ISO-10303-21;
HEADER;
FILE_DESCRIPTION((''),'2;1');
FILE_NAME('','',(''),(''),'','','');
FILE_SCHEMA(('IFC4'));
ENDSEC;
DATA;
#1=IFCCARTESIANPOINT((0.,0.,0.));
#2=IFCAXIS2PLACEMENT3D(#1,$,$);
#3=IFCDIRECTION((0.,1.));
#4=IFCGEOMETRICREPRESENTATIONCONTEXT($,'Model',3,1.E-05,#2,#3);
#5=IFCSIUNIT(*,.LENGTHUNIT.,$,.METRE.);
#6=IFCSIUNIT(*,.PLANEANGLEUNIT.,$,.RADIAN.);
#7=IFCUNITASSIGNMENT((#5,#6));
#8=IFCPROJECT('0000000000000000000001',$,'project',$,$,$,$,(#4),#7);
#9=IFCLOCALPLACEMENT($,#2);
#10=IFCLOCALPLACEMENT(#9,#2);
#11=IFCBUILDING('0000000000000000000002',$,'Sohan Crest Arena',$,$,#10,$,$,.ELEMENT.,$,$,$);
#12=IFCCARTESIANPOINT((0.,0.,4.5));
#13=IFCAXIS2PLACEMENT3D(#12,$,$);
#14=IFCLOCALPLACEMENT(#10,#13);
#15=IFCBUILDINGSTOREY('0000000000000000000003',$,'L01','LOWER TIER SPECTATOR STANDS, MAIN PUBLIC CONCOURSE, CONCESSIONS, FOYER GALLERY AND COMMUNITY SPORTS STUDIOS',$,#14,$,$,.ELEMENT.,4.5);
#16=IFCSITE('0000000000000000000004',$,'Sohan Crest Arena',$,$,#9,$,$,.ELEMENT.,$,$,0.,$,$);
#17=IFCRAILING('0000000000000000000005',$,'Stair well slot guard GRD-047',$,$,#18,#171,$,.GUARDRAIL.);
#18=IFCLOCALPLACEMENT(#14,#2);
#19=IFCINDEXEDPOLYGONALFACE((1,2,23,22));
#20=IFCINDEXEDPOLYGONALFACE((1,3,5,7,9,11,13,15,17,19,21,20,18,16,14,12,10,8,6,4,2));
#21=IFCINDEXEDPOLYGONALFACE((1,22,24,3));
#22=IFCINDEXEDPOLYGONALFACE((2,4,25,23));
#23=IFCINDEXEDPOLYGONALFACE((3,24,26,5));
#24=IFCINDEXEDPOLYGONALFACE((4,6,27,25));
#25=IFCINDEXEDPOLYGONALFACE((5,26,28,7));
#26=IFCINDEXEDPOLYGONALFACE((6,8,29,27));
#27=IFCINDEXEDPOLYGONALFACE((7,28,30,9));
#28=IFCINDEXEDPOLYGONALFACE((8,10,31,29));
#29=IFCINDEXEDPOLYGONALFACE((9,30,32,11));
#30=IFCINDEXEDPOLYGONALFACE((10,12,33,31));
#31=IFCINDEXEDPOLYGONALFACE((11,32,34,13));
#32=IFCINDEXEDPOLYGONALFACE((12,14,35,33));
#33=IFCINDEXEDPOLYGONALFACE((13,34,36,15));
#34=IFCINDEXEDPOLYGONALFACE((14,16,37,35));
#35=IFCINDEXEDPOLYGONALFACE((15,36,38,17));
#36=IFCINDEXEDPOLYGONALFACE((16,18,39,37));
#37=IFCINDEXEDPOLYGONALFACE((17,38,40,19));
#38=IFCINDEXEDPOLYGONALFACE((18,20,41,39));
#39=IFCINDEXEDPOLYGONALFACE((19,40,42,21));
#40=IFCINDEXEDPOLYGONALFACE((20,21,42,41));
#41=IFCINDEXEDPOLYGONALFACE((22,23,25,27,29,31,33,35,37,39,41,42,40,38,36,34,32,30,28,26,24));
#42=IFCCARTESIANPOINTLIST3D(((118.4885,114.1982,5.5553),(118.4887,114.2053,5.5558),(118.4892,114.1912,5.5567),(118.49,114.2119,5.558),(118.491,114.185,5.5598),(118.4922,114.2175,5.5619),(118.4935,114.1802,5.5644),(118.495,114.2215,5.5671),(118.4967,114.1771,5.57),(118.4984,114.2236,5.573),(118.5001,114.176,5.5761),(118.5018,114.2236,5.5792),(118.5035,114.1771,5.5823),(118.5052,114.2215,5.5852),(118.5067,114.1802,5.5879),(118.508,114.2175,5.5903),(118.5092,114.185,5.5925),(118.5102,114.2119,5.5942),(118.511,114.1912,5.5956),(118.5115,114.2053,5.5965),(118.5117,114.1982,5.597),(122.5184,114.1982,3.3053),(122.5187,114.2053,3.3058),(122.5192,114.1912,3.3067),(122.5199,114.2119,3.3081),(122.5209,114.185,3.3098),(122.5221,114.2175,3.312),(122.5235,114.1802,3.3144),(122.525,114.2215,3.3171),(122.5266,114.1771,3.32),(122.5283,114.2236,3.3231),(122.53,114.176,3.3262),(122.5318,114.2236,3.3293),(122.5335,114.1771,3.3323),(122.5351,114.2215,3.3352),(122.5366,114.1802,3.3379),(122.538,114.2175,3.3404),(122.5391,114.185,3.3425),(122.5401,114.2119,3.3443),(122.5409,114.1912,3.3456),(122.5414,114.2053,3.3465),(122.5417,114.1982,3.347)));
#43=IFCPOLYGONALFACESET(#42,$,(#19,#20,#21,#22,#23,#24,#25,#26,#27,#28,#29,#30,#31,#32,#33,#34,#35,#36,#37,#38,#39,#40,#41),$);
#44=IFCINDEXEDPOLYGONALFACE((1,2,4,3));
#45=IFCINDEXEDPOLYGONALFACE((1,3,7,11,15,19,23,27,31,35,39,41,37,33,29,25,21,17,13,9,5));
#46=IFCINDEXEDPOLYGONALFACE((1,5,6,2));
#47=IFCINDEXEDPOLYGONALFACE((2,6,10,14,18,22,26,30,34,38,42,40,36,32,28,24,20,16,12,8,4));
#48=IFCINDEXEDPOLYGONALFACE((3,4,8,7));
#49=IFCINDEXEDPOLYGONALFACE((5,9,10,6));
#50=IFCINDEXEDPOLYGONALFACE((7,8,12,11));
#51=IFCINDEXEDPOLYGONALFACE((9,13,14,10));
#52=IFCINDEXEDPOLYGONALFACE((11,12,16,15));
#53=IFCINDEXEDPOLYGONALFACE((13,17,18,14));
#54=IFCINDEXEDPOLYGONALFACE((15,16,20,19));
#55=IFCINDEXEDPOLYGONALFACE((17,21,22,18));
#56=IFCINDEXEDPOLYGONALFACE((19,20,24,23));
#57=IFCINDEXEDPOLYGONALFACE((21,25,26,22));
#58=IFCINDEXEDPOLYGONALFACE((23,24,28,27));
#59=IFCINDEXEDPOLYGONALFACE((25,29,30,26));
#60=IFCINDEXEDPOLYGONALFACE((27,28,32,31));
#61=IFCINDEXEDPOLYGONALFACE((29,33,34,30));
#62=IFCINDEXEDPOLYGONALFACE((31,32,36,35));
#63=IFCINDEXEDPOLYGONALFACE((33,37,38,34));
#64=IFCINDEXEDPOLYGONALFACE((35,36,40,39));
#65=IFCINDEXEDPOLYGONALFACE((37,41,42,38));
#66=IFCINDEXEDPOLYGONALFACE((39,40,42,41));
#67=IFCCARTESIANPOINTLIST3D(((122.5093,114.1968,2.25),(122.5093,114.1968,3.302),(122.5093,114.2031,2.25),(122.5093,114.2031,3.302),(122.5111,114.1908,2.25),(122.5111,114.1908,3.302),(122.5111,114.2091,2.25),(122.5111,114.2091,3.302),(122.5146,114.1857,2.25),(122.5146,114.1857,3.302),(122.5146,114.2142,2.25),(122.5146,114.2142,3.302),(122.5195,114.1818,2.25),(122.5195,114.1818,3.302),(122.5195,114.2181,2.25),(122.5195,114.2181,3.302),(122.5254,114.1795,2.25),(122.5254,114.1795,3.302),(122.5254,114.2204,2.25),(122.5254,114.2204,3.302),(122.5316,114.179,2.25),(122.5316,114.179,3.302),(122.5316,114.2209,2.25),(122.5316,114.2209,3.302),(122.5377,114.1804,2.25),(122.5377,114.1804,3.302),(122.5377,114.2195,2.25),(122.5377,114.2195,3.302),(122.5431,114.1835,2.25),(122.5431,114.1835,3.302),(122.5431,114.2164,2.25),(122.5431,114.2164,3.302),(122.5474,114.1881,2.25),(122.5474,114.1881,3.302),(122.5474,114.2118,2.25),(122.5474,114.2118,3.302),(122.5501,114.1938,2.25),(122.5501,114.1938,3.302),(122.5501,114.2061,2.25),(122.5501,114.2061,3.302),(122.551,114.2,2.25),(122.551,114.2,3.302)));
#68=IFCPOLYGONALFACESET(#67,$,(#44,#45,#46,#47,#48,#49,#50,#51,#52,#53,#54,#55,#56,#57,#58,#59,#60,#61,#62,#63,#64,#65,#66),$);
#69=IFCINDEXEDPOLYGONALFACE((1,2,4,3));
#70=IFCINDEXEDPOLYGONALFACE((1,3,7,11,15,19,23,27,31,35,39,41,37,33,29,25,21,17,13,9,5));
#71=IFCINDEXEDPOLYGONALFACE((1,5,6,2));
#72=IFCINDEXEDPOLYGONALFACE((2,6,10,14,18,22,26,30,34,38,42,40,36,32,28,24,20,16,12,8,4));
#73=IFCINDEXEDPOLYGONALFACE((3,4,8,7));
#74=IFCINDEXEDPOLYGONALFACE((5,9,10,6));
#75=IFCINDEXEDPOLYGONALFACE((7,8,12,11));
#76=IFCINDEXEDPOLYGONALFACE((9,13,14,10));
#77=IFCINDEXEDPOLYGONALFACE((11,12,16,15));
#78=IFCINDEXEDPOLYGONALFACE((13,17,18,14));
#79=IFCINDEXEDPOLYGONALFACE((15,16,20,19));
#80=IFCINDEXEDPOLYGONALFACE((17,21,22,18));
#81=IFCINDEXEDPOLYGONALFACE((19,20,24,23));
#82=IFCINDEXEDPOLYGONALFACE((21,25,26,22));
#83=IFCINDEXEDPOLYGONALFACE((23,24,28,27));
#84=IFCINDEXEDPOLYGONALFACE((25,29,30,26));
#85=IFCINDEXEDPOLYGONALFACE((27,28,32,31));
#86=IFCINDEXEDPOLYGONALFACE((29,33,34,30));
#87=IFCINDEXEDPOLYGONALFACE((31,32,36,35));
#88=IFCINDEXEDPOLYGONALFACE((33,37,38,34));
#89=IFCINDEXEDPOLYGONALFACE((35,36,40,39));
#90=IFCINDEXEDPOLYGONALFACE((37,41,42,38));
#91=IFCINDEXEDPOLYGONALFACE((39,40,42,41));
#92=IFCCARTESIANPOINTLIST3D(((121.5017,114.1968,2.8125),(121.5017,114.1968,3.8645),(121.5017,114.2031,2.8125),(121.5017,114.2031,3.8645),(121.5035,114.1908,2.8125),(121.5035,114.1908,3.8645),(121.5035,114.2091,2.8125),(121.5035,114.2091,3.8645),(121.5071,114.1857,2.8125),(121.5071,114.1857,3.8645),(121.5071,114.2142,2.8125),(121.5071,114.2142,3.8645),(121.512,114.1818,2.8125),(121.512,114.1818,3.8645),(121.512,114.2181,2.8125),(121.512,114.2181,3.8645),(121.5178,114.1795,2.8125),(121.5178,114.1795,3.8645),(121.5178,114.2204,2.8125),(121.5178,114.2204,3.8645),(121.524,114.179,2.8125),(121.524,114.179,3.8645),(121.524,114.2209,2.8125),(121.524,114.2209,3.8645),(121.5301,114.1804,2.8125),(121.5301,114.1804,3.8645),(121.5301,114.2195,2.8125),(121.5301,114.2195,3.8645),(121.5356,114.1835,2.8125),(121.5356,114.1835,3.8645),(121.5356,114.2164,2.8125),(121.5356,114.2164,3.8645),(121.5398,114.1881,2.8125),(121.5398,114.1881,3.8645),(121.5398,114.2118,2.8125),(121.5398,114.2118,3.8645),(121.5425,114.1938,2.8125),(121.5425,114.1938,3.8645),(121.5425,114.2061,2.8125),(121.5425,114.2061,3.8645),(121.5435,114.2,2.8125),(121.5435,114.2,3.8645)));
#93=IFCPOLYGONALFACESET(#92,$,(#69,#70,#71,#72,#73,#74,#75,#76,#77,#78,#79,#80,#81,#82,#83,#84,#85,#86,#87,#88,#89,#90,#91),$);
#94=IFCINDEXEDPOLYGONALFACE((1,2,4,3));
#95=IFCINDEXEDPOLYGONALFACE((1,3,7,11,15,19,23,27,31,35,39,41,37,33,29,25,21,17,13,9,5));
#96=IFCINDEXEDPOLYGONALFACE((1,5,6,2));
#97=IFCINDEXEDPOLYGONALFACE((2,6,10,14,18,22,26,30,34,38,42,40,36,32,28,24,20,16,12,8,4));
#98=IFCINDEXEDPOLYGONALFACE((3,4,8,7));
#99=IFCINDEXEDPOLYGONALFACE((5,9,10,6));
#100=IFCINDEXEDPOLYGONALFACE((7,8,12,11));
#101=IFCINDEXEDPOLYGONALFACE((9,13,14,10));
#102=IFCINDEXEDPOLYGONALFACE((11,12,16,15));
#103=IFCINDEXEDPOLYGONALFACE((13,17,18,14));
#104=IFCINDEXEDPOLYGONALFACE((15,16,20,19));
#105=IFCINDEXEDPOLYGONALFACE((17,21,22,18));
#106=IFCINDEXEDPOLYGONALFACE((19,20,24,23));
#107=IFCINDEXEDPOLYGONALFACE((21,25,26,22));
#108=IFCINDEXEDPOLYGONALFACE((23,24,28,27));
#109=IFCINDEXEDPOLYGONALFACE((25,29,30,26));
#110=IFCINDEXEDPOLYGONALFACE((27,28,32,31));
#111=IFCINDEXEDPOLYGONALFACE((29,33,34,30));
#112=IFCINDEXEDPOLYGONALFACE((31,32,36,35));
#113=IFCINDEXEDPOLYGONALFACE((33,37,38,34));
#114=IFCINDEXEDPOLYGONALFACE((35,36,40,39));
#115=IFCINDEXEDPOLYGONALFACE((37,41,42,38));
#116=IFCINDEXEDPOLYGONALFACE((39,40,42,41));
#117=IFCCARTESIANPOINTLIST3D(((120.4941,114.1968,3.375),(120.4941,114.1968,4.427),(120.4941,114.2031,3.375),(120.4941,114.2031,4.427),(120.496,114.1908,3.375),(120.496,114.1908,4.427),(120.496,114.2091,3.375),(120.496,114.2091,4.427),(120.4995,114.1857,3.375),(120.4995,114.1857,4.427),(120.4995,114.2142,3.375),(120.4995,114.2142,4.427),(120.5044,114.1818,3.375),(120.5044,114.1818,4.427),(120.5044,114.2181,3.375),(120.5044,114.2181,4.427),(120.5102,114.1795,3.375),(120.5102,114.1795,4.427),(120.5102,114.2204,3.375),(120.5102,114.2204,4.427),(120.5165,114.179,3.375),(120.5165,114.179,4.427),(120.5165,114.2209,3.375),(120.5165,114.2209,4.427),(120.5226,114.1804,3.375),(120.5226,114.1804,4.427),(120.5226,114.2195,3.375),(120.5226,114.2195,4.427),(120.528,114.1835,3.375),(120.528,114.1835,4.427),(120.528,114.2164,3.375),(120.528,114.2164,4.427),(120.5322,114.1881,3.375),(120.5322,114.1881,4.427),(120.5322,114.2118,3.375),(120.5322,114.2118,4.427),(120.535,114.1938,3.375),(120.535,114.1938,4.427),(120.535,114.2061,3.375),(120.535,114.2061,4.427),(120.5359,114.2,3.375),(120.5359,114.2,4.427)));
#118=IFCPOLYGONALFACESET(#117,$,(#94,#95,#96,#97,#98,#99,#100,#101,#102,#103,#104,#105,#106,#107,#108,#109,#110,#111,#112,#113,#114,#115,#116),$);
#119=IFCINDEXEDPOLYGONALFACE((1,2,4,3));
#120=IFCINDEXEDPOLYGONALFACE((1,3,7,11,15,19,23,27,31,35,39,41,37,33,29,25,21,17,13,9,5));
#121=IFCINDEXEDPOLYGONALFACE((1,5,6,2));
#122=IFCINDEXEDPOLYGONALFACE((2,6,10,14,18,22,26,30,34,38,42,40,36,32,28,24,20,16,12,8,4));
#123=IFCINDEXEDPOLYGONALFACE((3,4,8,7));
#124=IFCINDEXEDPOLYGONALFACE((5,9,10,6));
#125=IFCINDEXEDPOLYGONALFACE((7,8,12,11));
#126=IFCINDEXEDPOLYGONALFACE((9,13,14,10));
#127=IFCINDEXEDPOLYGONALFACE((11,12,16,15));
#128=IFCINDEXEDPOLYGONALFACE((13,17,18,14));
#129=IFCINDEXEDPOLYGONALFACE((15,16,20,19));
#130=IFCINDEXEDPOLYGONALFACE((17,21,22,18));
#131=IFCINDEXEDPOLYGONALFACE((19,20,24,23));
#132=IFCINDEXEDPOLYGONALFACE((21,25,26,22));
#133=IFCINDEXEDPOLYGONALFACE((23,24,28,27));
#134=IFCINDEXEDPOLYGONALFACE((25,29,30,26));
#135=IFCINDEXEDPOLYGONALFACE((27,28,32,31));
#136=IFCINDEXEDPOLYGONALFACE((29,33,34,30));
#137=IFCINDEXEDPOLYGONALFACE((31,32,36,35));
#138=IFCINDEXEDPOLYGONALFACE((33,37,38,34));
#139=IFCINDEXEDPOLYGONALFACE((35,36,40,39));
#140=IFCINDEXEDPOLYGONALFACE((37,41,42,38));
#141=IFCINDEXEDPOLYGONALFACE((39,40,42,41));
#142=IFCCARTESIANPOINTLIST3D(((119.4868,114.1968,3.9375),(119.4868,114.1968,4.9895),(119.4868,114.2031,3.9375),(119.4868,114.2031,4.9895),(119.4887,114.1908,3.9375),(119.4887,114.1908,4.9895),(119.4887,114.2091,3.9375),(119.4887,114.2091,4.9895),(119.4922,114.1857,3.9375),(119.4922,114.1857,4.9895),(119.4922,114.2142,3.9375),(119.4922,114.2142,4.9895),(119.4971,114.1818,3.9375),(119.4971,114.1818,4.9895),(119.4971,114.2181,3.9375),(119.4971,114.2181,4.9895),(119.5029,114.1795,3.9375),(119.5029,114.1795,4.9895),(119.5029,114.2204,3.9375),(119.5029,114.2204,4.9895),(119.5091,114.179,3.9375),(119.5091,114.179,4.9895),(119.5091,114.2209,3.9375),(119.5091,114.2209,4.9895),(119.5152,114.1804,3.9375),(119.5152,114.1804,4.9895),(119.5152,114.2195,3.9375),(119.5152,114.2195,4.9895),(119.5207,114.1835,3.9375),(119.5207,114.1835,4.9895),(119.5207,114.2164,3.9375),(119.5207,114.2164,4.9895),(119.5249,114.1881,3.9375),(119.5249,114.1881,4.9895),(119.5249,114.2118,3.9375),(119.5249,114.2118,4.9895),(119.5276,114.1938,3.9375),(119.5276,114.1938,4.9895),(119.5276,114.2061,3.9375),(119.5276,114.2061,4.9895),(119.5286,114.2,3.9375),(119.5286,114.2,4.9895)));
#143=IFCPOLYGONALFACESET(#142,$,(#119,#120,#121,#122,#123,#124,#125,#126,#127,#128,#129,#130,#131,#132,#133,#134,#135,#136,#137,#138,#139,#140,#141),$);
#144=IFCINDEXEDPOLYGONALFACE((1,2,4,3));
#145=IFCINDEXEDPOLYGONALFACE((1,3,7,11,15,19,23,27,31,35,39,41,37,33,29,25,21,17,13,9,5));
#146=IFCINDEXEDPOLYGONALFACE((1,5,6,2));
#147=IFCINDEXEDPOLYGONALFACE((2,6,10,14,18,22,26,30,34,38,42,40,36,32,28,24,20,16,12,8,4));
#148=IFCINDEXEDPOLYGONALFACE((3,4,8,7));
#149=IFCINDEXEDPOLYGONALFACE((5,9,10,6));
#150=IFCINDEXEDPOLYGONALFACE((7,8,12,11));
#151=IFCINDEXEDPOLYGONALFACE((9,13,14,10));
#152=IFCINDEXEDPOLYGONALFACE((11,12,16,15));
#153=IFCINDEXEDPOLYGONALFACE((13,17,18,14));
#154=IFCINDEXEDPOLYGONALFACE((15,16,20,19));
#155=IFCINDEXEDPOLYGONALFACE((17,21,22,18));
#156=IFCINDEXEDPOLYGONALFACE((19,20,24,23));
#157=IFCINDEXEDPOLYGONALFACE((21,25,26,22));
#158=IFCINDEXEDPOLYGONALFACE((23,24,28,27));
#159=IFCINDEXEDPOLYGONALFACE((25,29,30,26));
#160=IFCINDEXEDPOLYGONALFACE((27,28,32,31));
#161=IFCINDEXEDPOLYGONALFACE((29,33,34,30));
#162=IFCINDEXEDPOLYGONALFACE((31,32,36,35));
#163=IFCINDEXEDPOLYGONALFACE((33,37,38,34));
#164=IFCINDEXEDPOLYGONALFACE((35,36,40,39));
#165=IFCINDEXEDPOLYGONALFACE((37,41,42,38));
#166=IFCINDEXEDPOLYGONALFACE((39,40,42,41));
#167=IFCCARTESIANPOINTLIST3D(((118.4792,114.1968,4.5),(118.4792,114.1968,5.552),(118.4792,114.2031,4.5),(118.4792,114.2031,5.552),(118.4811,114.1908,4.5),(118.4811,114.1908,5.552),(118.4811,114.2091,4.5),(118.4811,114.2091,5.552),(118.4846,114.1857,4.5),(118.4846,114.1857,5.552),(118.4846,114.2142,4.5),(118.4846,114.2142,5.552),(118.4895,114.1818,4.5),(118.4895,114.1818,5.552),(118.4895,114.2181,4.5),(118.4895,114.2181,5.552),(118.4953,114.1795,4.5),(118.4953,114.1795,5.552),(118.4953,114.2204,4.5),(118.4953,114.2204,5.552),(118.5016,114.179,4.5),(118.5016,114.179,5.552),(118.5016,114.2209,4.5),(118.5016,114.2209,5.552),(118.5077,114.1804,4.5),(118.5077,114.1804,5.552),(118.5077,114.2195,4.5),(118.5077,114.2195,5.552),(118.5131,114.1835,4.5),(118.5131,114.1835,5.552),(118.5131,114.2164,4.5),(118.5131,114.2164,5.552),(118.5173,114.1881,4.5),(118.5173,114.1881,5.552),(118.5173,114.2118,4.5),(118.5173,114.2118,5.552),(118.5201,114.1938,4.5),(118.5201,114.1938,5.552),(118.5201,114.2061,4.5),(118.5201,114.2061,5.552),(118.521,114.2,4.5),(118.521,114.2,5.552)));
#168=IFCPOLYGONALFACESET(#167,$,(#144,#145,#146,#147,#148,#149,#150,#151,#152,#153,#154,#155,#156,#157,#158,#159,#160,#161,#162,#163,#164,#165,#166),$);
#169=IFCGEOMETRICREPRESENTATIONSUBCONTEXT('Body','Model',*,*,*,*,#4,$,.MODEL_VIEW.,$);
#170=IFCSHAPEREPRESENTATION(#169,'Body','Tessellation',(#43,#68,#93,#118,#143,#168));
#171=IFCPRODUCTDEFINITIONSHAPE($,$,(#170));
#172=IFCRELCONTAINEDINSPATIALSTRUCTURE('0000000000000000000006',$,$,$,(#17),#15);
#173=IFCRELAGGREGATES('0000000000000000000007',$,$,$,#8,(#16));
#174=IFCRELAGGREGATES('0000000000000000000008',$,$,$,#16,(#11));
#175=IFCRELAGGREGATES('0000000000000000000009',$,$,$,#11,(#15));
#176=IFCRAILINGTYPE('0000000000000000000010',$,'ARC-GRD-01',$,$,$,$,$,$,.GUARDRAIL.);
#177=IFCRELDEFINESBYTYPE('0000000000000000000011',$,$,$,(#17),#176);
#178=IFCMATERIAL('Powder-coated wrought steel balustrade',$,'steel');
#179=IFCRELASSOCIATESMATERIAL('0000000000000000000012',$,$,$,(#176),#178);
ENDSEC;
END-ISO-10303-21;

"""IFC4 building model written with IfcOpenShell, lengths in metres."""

from ifc_helpers import new_model, si_unit, direction, frame, origin, origin_2d, place, context, subcontext, project, spatial, circle, extrude, material, type_object, element, save


model = new_model("IFC4")

# Units and contexts
model_context = context("Model", 3, precision=1e-05, world=origin(), true_north=direction((0.0, 1.0)))
body_context = subcontext(model_context, "Body", "Model", "MODEL_VIEW")
ifc_project = project(units=[si_unit("LENGTHUNIT", "METRE"), si_unit("PLANEANGLEUNIT", "RADIAN")], contexts=[model_context])

# Site, building, storey
site_placement = place(None, origin())
site = spatial("IfcSite", under=ifc_project, at=site_placement, Name="Sohan Crest Arena", CompositionType="ELEMENT", RefElevation=0.0)
building_placement = place(site_placement, origin())
building = spatial("IfcBuilding", under=site, at=building_placement, Name="Sohan Crest Arena", CompositionType="ELEMENT")
storey_placement = place(building_placement, frame((0.0, 0.0, 4.5)))
storey = spatial("IfcBuildingStorey", under=building, at=storey_placement, Name="L01", Description="LOWER TIER SPECTATOR STANDS, MAIN PUBLIC CONCOURSE, CONCESSIONS, FOYER GALLERY AND COMMUNITY SPORTS STUDIOS", CompositionType="ELEMENT", Elevation=4.5)

# Railing
ifc_material_1 = material(Name="Powder-coated wrought steel balustrade", Category="steel")
railing_type_1 = type_object("IfcRailingType", Name="ARC-GRD-01", PredefinedType="GUARDRAIL", material=ifc_material_1)
railing_1_placement = place(storey_placement, frame((122.53, 114.2, 2.25)))
element("IfcRailing", 1, at=railing_1_placement, inside=storey, type_object=railing_type_1, Name="Stair well slot guard GRD-047", PredefinedType="GUARDRAIL", context=body_context, shape_type="SweptSolid", body=[
    extrude(circle(Radius=0.0239, at=origin_2d()), frame((0.0, 0.0, 1.0762), z_axis=(-0.873135, 0.0, 0.487479), x_axis=(0.0, -1.0, 0.0)), (0.0, 0.0, 1.0), 4.6155),
    extrude(circle(Radius=0.021, at=origin_2d()), origin(), (0.0, 0.0, 1.0), 1.052),
    extrude(circle(Radius=0.021, at=origin_2d()), frame((-1.0076, 0.0, 0.5625)), (0.0, 0.0, 1.0), 1.052),
    extrude(circle(Radius=0.021, at=origin_2d()), frame((-2.0151, 0.0, 1.125)), (0.0, 0.0, 1.0), 1.052),
    extrude(circle(Radius=0.021, at=origin_2d()), frame((-3.0225, 0.0, 1.6875)), (0.0, 0.0, 1.0), 1.052),
    extrude(circle(Radius=0.021, at=origin_2d()), frame((-4.03, 0.0, 2.25)), (0.0, 0.0, 1.0), 1.052),
])

save(model, "model.ifc")
